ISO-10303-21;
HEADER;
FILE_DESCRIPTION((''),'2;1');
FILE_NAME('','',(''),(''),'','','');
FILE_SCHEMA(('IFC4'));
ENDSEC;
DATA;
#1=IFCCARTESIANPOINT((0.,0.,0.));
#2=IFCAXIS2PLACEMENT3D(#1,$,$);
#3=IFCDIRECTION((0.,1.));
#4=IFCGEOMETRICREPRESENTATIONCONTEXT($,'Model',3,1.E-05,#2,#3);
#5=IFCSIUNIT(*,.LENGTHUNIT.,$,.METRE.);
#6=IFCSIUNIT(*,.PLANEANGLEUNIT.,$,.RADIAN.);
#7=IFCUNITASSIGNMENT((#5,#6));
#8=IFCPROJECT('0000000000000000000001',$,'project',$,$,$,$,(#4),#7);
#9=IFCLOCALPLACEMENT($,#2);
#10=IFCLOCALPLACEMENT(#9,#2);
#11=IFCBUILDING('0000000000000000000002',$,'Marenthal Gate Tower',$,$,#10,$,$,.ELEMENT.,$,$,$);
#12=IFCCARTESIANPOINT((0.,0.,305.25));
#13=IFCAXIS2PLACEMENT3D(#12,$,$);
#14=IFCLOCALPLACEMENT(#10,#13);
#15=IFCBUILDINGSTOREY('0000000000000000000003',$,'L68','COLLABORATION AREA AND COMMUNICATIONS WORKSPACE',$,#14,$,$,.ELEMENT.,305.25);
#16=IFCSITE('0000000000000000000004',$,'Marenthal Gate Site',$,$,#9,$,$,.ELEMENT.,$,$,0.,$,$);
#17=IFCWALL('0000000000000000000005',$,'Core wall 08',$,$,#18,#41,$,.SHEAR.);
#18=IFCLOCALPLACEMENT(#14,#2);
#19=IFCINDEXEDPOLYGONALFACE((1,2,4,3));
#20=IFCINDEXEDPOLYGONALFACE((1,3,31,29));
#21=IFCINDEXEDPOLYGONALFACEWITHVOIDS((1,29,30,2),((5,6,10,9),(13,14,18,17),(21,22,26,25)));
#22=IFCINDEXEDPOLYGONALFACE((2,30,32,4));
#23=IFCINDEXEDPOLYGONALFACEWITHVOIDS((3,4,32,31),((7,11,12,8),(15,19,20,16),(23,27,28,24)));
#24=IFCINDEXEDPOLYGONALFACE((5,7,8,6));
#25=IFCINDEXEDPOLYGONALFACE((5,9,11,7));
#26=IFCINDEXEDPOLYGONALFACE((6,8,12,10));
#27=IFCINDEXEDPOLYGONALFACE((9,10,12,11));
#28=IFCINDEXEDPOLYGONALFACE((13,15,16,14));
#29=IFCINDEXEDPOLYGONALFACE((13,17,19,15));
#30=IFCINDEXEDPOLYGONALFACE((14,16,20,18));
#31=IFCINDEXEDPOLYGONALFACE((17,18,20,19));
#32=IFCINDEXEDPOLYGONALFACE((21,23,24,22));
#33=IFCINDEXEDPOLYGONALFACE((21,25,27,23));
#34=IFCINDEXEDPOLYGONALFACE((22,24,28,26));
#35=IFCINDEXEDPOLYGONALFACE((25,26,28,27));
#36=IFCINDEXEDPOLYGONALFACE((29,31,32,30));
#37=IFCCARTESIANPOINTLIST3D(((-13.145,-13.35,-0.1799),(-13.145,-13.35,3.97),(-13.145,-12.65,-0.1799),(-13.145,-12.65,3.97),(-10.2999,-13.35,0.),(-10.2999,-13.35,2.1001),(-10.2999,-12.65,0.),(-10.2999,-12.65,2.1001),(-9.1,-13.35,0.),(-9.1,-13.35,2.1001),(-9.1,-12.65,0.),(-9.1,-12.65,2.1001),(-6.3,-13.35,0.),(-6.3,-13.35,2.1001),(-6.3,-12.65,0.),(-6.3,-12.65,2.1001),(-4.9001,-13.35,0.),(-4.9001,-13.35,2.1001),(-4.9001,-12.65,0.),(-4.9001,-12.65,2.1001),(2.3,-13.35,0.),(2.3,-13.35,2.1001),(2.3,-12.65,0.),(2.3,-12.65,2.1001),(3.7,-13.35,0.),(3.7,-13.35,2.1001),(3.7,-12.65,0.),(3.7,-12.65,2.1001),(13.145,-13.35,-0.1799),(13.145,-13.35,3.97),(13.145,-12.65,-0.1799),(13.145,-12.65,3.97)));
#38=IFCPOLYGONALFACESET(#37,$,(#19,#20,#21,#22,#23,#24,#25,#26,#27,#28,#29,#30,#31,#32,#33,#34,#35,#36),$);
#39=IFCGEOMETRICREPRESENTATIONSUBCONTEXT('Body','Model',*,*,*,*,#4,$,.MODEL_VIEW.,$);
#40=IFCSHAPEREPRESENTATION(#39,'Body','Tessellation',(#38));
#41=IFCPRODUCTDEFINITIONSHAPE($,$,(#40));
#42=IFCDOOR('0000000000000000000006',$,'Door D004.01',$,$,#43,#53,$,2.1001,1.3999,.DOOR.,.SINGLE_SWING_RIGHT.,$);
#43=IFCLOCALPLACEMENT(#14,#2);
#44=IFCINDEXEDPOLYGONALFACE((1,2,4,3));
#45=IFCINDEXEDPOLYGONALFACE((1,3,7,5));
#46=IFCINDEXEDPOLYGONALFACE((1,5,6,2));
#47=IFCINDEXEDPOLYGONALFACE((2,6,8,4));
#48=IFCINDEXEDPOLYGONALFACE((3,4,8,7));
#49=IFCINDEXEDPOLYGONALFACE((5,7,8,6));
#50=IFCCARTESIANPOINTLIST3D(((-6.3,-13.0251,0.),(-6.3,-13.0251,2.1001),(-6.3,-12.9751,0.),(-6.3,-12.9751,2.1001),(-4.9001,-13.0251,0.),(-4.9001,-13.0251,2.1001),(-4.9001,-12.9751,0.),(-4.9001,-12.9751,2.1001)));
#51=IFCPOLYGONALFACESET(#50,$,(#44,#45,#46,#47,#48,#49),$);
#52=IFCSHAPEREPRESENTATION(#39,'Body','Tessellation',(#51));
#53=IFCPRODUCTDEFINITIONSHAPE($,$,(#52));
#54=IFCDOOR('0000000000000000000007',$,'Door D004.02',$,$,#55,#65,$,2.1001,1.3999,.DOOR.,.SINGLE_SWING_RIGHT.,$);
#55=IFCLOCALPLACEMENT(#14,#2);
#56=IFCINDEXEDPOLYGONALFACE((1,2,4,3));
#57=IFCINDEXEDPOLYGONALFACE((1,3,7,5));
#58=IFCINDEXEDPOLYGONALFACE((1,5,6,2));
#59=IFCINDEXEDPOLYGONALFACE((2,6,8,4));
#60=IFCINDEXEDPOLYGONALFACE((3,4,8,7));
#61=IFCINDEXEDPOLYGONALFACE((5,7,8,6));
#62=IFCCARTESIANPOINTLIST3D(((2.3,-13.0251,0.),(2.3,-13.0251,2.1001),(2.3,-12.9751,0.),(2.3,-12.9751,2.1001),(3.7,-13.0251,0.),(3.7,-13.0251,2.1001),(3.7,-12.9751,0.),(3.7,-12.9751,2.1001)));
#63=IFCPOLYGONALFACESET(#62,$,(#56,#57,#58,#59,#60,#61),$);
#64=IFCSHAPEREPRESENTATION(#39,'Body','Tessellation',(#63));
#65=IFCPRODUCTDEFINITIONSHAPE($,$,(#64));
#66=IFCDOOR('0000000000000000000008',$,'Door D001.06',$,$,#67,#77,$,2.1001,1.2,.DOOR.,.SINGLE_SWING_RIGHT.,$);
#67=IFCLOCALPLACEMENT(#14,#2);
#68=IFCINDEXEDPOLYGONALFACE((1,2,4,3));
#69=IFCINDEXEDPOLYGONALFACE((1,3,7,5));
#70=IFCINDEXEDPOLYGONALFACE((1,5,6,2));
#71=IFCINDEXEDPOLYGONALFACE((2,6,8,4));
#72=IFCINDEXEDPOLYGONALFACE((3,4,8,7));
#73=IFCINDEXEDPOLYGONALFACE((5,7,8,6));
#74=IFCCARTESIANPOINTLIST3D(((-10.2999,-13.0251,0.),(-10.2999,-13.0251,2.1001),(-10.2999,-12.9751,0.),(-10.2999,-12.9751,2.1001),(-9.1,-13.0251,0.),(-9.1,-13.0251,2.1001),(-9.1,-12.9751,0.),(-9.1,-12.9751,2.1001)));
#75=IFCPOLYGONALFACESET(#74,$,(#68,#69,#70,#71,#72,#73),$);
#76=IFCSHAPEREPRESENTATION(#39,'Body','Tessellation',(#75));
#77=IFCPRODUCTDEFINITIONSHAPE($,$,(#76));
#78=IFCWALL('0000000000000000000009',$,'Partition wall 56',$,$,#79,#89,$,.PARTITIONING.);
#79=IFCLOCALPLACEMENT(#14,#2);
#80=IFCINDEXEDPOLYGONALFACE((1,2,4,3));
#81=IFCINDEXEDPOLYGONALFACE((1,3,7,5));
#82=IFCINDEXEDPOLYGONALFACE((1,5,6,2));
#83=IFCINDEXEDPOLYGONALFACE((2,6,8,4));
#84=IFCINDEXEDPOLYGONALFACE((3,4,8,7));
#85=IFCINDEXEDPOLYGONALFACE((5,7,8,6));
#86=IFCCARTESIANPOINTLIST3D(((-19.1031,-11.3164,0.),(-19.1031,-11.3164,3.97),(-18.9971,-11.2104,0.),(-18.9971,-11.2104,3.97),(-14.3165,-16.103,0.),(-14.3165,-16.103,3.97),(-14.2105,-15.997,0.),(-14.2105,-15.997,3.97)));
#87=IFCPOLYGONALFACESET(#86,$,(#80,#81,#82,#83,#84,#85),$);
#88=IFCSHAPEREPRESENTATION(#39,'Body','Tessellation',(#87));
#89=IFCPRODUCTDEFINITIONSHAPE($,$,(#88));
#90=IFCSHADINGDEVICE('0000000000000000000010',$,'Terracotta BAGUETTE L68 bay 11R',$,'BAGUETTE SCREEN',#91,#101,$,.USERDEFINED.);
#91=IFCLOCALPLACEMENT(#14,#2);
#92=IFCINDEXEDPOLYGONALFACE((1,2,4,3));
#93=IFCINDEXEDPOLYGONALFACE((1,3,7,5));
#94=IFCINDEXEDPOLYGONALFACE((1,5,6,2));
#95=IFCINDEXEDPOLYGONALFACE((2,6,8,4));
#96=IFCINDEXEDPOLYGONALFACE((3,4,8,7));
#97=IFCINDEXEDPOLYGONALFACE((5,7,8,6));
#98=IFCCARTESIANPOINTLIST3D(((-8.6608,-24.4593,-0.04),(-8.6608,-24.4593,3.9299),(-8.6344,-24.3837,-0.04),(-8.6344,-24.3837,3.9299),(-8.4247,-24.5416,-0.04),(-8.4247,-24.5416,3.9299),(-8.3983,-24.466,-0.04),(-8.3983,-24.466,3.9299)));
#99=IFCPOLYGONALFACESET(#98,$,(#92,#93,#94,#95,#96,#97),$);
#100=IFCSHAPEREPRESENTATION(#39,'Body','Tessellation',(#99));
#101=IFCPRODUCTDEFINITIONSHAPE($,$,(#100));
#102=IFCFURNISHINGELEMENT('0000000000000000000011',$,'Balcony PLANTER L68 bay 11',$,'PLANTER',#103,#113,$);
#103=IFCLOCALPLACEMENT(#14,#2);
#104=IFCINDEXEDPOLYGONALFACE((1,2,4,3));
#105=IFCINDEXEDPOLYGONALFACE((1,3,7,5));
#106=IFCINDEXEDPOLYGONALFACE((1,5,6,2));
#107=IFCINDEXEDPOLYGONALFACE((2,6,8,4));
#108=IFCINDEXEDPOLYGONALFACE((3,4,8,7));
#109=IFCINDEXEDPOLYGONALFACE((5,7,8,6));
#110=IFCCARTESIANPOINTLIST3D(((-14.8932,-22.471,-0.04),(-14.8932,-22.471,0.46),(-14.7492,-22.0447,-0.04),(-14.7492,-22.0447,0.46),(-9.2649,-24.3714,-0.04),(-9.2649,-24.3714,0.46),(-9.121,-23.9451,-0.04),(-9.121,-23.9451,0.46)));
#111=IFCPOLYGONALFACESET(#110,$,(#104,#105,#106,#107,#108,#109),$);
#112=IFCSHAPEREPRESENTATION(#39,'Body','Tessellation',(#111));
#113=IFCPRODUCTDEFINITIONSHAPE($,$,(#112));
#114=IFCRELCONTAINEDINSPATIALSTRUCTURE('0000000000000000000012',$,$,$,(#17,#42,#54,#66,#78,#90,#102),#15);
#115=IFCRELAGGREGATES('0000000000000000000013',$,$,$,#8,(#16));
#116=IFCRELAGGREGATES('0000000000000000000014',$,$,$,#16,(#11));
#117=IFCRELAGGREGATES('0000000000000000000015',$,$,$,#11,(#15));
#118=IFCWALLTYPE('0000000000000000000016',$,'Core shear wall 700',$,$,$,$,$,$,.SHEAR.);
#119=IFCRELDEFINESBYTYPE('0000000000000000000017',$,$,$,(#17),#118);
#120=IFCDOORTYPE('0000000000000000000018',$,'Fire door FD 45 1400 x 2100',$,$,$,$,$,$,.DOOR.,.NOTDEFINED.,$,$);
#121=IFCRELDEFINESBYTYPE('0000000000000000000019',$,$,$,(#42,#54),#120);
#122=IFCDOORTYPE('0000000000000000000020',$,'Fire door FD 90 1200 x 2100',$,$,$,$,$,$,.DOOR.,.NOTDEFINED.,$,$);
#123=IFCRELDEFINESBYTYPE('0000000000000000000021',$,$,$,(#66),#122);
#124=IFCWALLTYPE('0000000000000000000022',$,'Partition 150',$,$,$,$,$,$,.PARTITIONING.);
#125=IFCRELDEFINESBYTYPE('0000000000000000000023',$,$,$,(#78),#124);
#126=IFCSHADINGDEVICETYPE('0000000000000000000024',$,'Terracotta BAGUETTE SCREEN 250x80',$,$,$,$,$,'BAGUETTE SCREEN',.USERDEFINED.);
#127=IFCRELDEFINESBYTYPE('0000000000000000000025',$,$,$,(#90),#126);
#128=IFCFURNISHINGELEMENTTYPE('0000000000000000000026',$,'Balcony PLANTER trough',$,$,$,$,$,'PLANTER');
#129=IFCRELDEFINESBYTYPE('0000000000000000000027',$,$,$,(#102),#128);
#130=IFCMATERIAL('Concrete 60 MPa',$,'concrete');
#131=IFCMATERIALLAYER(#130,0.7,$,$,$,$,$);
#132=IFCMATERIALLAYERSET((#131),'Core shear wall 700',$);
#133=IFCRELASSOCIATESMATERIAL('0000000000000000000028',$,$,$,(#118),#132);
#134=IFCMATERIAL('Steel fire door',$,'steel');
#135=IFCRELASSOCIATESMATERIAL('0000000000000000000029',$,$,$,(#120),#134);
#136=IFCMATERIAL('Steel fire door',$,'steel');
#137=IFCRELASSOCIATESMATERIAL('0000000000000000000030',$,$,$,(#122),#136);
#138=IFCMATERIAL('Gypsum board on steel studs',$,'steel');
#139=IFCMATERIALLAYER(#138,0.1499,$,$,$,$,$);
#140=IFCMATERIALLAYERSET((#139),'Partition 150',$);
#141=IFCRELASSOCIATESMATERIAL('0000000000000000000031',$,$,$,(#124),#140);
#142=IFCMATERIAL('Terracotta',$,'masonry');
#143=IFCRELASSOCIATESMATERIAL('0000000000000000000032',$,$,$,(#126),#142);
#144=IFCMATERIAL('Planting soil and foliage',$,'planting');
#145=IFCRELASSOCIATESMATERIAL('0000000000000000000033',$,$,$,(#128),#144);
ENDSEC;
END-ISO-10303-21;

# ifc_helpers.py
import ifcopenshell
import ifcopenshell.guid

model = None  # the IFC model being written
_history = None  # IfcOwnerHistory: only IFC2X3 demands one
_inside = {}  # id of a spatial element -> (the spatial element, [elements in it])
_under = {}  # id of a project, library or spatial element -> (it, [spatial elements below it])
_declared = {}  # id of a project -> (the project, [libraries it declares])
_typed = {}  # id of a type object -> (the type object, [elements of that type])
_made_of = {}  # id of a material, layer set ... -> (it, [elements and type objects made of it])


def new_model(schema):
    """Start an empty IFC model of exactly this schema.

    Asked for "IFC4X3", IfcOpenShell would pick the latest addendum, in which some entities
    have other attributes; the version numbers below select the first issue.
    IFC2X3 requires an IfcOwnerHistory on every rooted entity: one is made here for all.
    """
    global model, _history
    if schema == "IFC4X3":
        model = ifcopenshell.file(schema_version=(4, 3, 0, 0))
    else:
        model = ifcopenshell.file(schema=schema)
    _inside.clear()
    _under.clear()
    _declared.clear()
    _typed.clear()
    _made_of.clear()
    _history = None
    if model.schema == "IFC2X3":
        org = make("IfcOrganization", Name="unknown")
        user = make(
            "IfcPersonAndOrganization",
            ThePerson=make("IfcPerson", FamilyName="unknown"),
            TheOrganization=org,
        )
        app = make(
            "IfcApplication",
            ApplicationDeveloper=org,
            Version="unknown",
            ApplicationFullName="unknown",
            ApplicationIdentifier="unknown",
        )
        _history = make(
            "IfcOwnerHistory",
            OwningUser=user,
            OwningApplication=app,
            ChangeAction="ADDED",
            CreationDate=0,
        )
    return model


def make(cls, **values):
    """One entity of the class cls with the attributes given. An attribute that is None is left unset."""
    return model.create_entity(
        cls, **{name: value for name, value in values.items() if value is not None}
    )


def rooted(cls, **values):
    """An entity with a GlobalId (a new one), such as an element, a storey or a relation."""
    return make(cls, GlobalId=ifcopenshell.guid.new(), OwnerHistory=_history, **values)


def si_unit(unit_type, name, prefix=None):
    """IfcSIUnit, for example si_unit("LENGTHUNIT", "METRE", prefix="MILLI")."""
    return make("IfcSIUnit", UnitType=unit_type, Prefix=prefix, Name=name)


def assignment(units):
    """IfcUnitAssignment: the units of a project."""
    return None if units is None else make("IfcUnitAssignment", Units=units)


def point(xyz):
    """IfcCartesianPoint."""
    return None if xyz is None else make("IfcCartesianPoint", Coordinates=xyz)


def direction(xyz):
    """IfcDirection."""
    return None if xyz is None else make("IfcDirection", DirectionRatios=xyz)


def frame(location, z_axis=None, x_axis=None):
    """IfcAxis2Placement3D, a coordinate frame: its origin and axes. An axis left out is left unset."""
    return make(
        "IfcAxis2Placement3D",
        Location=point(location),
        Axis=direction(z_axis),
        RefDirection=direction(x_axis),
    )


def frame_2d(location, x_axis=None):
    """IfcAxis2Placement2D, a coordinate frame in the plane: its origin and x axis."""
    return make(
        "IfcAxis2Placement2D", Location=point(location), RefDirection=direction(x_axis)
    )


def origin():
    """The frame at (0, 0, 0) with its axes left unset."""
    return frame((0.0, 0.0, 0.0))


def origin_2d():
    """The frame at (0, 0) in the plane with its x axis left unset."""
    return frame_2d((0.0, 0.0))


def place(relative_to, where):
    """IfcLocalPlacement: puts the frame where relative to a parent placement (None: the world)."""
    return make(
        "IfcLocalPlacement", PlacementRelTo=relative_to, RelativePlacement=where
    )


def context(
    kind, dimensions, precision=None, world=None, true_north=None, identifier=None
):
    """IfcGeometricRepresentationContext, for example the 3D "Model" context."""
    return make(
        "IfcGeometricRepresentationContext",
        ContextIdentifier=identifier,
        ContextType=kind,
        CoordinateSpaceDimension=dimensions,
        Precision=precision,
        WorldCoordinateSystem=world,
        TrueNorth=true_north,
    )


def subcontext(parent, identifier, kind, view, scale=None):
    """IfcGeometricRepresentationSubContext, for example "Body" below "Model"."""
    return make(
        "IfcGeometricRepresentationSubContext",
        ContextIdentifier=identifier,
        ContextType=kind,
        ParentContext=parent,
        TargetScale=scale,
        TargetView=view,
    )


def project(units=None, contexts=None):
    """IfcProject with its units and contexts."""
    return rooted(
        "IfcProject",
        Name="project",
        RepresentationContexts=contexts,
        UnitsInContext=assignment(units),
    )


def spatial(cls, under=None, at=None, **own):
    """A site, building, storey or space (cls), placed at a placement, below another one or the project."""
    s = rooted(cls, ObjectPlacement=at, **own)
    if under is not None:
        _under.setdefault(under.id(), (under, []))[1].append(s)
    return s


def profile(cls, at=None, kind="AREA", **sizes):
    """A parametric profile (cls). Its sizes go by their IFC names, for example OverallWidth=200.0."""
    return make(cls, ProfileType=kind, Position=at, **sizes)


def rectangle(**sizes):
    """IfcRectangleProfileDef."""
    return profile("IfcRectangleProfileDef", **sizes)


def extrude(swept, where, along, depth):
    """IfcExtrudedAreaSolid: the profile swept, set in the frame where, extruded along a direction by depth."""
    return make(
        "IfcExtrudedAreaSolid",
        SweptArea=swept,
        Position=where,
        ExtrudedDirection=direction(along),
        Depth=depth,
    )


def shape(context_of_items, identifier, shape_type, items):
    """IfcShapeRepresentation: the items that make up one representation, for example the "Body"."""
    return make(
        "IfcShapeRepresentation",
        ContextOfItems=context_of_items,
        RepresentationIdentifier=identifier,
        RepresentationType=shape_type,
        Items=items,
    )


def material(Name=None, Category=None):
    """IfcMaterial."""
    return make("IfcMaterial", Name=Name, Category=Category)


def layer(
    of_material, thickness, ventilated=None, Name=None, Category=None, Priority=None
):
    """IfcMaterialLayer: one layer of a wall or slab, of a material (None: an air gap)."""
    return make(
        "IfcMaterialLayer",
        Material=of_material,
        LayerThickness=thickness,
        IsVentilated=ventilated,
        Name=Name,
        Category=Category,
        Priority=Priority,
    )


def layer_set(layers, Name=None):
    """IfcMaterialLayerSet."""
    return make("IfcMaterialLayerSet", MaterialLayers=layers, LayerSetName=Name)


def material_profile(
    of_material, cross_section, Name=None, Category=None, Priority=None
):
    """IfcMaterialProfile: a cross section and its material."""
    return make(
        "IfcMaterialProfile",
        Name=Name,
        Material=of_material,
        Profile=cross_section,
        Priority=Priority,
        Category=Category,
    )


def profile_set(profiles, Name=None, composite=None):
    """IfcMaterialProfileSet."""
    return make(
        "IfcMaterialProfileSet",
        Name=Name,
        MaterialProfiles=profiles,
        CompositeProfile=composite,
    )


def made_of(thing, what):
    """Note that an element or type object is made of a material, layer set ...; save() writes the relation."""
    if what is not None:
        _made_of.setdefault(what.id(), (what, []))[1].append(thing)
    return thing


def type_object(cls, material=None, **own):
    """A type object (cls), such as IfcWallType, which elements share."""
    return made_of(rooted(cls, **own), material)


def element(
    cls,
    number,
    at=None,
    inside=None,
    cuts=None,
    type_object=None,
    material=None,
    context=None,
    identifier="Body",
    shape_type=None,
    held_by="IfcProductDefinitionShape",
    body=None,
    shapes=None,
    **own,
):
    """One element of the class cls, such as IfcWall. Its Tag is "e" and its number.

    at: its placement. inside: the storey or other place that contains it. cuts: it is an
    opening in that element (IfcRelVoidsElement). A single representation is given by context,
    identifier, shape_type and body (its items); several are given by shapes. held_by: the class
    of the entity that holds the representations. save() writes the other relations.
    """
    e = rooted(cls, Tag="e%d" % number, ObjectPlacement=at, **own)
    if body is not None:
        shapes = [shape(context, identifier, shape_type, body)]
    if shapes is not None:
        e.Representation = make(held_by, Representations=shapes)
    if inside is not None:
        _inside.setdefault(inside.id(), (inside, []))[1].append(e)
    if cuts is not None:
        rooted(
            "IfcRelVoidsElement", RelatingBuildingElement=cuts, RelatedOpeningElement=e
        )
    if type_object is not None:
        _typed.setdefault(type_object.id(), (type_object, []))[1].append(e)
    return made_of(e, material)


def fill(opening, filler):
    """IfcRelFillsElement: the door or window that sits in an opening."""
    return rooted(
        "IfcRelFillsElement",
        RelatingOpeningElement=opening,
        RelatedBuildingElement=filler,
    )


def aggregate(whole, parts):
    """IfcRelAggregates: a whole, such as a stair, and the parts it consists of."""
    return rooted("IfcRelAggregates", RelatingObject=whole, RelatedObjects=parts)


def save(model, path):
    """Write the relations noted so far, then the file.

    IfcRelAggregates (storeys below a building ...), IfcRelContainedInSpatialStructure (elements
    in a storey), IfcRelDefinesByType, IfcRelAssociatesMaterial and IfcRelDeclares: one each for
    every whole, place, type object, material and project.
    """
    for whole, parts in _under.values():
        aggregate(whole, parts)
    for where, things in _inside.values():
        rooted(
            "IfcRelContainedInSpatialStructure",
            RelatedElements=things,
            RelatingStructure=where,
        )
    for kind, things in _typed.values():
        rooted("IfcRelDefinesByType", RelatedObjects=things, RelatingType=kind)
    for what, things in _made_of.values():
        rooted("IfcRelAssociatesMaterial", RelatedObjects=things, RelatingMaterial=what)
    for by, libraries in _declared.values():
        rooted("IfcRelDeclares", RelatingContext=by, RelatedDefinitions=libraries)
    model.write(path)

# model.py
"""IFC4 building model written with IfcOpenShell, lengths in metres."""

from ifc_helpers import new_model, si_unit, direction, frame, frame_2d, origin, origin_2d, place, context, subcontext, project, spatial, rectangle, extrude, material, layer, layer_set, material_profile, profile_set, type_object, element, fill, save


model = new_model("IFC4")

# Units and contexts
model_context = context("Model", 3, precision=1e-05, world=origin(), true_north=direction((0.0, 1.0)))
body_context = subcontext(model_context, "Body", "Model", "MODEL_VIEW")
ifc_project = project(units=[si_unit("LENGTHUNIT", "METRE"), si_unit("PLANEANGLEUNIT", "RADIAN")], contexts=[model_context])

# Site, building, storey
site_placement = place(None, origin())
site = spatial("IfcSite", under=ifc_project, at=site_placement, Name="Marenthal Gate Site", CompositionType="ELEMENT", RefElevation=0.0)
building_placement = place(site_placement, origin())
building = spatial("IfcBuilding", under=site, at=building_placement, Name="Marenthal Gate Tower", CompositionType="ELEMENT")
storey_placement = place(building_placement, frame((0.0, 0.0, 305.25)))
storey = spatial("IfcBuildingStorey", under=building, at=storey_placement, Name="L68", Description="COLLABORATION AREA AND COMMUNICATIONS WORKSPACE", CompositionType="ELEMENT", Elevation=305.25)

# Wall, openings, doors
ifc_material_1 = material(Name="Concrete 60 MPa", Category="concrete")
ifc_layer_1 = layer(ifc_material_1, 0.7)
ifc_layer_set_1 = layer_set([ifc_layer_1], Name="Core shear wall 700")
wall_type_1 = type_object("IfcWallType", Name="Core shear wall 700", PredefinedType="SHEAR", material=ifc_layer_set_1)
wall_1_placement = place(storey_placement, frame((-13.145, -13.0, -0.1799), z_axis=(0.0, 0.0, 1.0), x_axis=(1.0, 0.0, 0.0)))
wall_1 = element("IfcWall", 1, at=wall_1_placement, inside=storey, type_object=wall_type_1, Name="Core wall 08", PredefinedType="SHEAR", context=body_context, shape_type="SweptSolid", body=[
    extrude(rectangle(XDim=26.29, YDim=0.7, at=frame_2d((13.145, 0.0))), origin(), (0.0, 0.0, 1.0), 4.1499),
])
opening_1_placement = place(wall_1_placement, frame((2.845, 0.0, 0.1799)))
opening_1 = element("IfcOpeningElement", 2, at=opening_1_placement, cuts=wall_1, PredefinedType="OPENING", context=body_context, shape_type="SweptSolid", body=[
    extrude(rectangle(XDim=1.2, YDim=2.1001, at=frame_2d((0.6001, 1.05))), frame((0.0, 0.3599, 0.0), z_axis=(0.0, -1.0, 0.0), x_axis=(1.0, 0.0, 0.0)), (0.0, 0.0, 1.0), 0.72),
])
opening_2_placement = place(wall_1_placement, frame((6.845, 0.0, 0.1799)))
opening_2 = element("IfcOpeningElement", 3, at=opening_2_placement, cuts=wall_1, PredefinedType="OPENING", context=body_context, shape_type="SweptSolid", body=[
    extrude(rectangle(XDim=1.3999, YDim=2.1001, at=frame_2d((0.7, 1.05))), frame((0.0, 0.3599, 0.0), z_axis=(0.0, -1.0, 0.0), x_axis=(1.0, 0.0, 0.0)), (0.0, 0.0, 1.0), 0.72),
])
opening_3_placement = place(wall_1_placement, frame((15.4451, 0.0, 0.1799)))
opening_3 = element("IfcOpeningElement", 4, at=opening_3_placement, cuts=wall_1, PredefinedType="OPENING", context=body_context, shape_type="SweptSolid", body=[
    extrude(rectangle(XDim=1.3999, YDim=2.1001, at=frame_2d((0.7, 1.05))), frame((0.0, 0.3599, 0.0), z_axis=(0.0, -1.0, 0.0), x_axis=(1.0, 0.0, 0.0)), (0.0, 0.0, 1.0), 0.72),
])
ifc_material_2 = material(Name="Steel fire door", Category="steel")
door_type_1 = type_object("IfcDoorType", Name="Fire door FD 45 1400 x 2100", OperationType="NOTDEFINED", PredefinedType="DOOR", material=ifc_material_2)
door_1_placement = place(opening_2_placement, origin())
door_1 = element("IfcDoor", 5, at=door_1_placement, inside=storey, type_object=door_type_1, Name="Door D004.01", OperationType="SINGLE_SWING_RIGHT", OverallHeight=2.1001, OverallWidth=1.3999, PredefinedType="DOOR", context=body_context, shape_type="SweptSolid", body=[
    extrude(rectangle(XDim=1.3999, YDim=2.1001, at=frame_2d((0.7, 1.05))), frame((0.0, 0.0249, 0.0), z_axis=(0.0, -1.0, 0.0), x_axis=(1.0, 0.0, 0.0)), (0.0, 0.0, 1.0), 0.05),
])
fill(opening_2, door_1)
door_2_placement = place(opening_3_placement, origin())
door_2 = element("IfcDoor", 6, at=door_2_placement, inside=storey, type_object=door_type_1, Name="Door D004.02", OperationType="SINGLE_SWING_RIGHT", OverallHeight=2.1001, OverallWidth=1.3999, PredefinedType="DOOR", context=body_context, shape_type="SweptSolid", body=[
    extrude(rectangle(XDim=1.3999, YDim=2.1001, at=frame_2d((0.7, 1.05))), frame((0.0, 0.0249, 0.0), z_axis=(0.0, -1.0, 0.0), x_axis=(1.0, 0.0, 0.0)), (0.0, 0.0, 1.0), 0.05),
])
fill(opening_3, door_2)
ifc_material_3 = material(Name="Steel fire door", Category="steel")
door_type_2 = type_object("IfcDoorType", Name="Fire door FD 90 1200 x 2100", OperationType="NOTDEFINED", PredefinedType="DOOR", material=ifc_material_3)
door_3_placement = place(opening_1_placement, origin())
door_3 = element("IfcDoor", 7, at=door_3_placement, inside=storey, type_object=door_type_2, Name="Door D001.06", OperationType="SINGLE_SWING_RIGHT", OverallHeight=2.1001, OverallWidth=1.2, PredefinedType="DOOR", context=body_context, shape_type="SweptSolid", body=[
    extrude(rectangle(XDim=1.2, YDim=2.1001, at=frame_2d((0.6001, 1.05))), frame((0.0, 0.0249, 0.0), z_axis=(0.0, -1.0, 0.0), x_axis=(1.0, 0.0, 0.0)), (0.0, 0.0, 1.0), 0.05),
])
fill(opening_1, door_3)

# Wall
ifc_material_4 = material(Name="Gypsum board on steel studs", Category="steel")
ifc_layer_2 = layer(ifc_material_4, 0.1499)
ifc_layer_set_2 = layer_set([ifc_layer_2], Name="Partition 150")
wall_type_2 = type_object("IfcWallType", Name="Partition 150", PredefinedType="PARTITIONING", material=ifc_layer_set_2)
wall_2_placement = place(storey_placement, frame((-14.2634, -16.05, 0.0), z_axis=(0.0, 0.0, 1.0), x_axis=(-0.707107, 0.707107, 0.0)))
element("IfcWall", 8, at=wall_2_placement, inside=storey, type_object=wall_type_2, Name="Partition wall 56", PredefinedType="PARTITIONING", context=body_context, shape_type="SweptSolid", body=[
    extrude(rectangle(XDim=6.7693, YDim=0.1499, at=frame_2d((3.3848, 0.0))), origin(), (0.0, 0.0, 1.0), 3.97),
])

# Shading device
ifc_material_5 = material(Name="Terracotta", Category="masonry")
ifc_material_profile_1 = material_profile(ifc_material_5, rectangle(XDim=0.25, YDim=0.0801, at=origin_2d()), Name="Terracotta baguette 250x80")
ifc_profile_set_1 = profile_set([ifc_material_profile_1], Name="Terracotta")
shading_device_type = type_object("IfcShadingDeviceType", Name="Terracotta BAGUETTE SCREEN 250x80", ElementType="BAGUETTE SCREEN", PredefinedType="USERDEFINED", material=ifc_profile_set_1)
shading_device_placement = place(storey_placement, frame((-8.5295, -24.4626, -0.04), z_axis=(0.0, 0.0, 1.0), x_axis=(0.94428, -0.329144, 0.0)))
element("IfcShadingDevice", 9, at=shading_device_placement, inside=storey, type_object=shading_device_type, Name="Terracotta BAGUETTE L68 bay 11R", ObjectType="BAGUETTE SCREEN", PredefinedType="USERDEFINED", context=body_context, shape_type="SweptSolid", body=[
    extrude(rectangle(XDim=0.25, YDim=0.0801, at=origin_2d()), origin(), (0.0, 0.0, 1.0), 3.97),
])

# Furnishing element
ifc_material_6 = material(Name="Planting soil and foliage", Category="planting")
furnishing_element_type = type_object("IfcFurnishingElementType", Name="Balcony PLANTER trough", ElementType="PLANTER", material=ifc_material_6)
furnishing_placement = place(storey_placement, frame((-12.0071, -23.208, -0.04), z_axis=(0.0, 0.0, 1.0), x_axis=(0.947448, -0.31991, 0.0)))
element("IfcFurnishingElement", 10, at=furnishing_placement, inside=storey, type_object=furnishing_element_type, Name="Balcony PLANTER L68 bay 11", ObjectType="PLANTER", context=body_context, shape_type="SweptSolid", body=[
    extrude(rectangle(XDim=5.9404, YDim=0.45, at=origin_2d()), origin(), (0.0, 0.0, 1.0), 0.5),
])

save(model, "model.ifc")
